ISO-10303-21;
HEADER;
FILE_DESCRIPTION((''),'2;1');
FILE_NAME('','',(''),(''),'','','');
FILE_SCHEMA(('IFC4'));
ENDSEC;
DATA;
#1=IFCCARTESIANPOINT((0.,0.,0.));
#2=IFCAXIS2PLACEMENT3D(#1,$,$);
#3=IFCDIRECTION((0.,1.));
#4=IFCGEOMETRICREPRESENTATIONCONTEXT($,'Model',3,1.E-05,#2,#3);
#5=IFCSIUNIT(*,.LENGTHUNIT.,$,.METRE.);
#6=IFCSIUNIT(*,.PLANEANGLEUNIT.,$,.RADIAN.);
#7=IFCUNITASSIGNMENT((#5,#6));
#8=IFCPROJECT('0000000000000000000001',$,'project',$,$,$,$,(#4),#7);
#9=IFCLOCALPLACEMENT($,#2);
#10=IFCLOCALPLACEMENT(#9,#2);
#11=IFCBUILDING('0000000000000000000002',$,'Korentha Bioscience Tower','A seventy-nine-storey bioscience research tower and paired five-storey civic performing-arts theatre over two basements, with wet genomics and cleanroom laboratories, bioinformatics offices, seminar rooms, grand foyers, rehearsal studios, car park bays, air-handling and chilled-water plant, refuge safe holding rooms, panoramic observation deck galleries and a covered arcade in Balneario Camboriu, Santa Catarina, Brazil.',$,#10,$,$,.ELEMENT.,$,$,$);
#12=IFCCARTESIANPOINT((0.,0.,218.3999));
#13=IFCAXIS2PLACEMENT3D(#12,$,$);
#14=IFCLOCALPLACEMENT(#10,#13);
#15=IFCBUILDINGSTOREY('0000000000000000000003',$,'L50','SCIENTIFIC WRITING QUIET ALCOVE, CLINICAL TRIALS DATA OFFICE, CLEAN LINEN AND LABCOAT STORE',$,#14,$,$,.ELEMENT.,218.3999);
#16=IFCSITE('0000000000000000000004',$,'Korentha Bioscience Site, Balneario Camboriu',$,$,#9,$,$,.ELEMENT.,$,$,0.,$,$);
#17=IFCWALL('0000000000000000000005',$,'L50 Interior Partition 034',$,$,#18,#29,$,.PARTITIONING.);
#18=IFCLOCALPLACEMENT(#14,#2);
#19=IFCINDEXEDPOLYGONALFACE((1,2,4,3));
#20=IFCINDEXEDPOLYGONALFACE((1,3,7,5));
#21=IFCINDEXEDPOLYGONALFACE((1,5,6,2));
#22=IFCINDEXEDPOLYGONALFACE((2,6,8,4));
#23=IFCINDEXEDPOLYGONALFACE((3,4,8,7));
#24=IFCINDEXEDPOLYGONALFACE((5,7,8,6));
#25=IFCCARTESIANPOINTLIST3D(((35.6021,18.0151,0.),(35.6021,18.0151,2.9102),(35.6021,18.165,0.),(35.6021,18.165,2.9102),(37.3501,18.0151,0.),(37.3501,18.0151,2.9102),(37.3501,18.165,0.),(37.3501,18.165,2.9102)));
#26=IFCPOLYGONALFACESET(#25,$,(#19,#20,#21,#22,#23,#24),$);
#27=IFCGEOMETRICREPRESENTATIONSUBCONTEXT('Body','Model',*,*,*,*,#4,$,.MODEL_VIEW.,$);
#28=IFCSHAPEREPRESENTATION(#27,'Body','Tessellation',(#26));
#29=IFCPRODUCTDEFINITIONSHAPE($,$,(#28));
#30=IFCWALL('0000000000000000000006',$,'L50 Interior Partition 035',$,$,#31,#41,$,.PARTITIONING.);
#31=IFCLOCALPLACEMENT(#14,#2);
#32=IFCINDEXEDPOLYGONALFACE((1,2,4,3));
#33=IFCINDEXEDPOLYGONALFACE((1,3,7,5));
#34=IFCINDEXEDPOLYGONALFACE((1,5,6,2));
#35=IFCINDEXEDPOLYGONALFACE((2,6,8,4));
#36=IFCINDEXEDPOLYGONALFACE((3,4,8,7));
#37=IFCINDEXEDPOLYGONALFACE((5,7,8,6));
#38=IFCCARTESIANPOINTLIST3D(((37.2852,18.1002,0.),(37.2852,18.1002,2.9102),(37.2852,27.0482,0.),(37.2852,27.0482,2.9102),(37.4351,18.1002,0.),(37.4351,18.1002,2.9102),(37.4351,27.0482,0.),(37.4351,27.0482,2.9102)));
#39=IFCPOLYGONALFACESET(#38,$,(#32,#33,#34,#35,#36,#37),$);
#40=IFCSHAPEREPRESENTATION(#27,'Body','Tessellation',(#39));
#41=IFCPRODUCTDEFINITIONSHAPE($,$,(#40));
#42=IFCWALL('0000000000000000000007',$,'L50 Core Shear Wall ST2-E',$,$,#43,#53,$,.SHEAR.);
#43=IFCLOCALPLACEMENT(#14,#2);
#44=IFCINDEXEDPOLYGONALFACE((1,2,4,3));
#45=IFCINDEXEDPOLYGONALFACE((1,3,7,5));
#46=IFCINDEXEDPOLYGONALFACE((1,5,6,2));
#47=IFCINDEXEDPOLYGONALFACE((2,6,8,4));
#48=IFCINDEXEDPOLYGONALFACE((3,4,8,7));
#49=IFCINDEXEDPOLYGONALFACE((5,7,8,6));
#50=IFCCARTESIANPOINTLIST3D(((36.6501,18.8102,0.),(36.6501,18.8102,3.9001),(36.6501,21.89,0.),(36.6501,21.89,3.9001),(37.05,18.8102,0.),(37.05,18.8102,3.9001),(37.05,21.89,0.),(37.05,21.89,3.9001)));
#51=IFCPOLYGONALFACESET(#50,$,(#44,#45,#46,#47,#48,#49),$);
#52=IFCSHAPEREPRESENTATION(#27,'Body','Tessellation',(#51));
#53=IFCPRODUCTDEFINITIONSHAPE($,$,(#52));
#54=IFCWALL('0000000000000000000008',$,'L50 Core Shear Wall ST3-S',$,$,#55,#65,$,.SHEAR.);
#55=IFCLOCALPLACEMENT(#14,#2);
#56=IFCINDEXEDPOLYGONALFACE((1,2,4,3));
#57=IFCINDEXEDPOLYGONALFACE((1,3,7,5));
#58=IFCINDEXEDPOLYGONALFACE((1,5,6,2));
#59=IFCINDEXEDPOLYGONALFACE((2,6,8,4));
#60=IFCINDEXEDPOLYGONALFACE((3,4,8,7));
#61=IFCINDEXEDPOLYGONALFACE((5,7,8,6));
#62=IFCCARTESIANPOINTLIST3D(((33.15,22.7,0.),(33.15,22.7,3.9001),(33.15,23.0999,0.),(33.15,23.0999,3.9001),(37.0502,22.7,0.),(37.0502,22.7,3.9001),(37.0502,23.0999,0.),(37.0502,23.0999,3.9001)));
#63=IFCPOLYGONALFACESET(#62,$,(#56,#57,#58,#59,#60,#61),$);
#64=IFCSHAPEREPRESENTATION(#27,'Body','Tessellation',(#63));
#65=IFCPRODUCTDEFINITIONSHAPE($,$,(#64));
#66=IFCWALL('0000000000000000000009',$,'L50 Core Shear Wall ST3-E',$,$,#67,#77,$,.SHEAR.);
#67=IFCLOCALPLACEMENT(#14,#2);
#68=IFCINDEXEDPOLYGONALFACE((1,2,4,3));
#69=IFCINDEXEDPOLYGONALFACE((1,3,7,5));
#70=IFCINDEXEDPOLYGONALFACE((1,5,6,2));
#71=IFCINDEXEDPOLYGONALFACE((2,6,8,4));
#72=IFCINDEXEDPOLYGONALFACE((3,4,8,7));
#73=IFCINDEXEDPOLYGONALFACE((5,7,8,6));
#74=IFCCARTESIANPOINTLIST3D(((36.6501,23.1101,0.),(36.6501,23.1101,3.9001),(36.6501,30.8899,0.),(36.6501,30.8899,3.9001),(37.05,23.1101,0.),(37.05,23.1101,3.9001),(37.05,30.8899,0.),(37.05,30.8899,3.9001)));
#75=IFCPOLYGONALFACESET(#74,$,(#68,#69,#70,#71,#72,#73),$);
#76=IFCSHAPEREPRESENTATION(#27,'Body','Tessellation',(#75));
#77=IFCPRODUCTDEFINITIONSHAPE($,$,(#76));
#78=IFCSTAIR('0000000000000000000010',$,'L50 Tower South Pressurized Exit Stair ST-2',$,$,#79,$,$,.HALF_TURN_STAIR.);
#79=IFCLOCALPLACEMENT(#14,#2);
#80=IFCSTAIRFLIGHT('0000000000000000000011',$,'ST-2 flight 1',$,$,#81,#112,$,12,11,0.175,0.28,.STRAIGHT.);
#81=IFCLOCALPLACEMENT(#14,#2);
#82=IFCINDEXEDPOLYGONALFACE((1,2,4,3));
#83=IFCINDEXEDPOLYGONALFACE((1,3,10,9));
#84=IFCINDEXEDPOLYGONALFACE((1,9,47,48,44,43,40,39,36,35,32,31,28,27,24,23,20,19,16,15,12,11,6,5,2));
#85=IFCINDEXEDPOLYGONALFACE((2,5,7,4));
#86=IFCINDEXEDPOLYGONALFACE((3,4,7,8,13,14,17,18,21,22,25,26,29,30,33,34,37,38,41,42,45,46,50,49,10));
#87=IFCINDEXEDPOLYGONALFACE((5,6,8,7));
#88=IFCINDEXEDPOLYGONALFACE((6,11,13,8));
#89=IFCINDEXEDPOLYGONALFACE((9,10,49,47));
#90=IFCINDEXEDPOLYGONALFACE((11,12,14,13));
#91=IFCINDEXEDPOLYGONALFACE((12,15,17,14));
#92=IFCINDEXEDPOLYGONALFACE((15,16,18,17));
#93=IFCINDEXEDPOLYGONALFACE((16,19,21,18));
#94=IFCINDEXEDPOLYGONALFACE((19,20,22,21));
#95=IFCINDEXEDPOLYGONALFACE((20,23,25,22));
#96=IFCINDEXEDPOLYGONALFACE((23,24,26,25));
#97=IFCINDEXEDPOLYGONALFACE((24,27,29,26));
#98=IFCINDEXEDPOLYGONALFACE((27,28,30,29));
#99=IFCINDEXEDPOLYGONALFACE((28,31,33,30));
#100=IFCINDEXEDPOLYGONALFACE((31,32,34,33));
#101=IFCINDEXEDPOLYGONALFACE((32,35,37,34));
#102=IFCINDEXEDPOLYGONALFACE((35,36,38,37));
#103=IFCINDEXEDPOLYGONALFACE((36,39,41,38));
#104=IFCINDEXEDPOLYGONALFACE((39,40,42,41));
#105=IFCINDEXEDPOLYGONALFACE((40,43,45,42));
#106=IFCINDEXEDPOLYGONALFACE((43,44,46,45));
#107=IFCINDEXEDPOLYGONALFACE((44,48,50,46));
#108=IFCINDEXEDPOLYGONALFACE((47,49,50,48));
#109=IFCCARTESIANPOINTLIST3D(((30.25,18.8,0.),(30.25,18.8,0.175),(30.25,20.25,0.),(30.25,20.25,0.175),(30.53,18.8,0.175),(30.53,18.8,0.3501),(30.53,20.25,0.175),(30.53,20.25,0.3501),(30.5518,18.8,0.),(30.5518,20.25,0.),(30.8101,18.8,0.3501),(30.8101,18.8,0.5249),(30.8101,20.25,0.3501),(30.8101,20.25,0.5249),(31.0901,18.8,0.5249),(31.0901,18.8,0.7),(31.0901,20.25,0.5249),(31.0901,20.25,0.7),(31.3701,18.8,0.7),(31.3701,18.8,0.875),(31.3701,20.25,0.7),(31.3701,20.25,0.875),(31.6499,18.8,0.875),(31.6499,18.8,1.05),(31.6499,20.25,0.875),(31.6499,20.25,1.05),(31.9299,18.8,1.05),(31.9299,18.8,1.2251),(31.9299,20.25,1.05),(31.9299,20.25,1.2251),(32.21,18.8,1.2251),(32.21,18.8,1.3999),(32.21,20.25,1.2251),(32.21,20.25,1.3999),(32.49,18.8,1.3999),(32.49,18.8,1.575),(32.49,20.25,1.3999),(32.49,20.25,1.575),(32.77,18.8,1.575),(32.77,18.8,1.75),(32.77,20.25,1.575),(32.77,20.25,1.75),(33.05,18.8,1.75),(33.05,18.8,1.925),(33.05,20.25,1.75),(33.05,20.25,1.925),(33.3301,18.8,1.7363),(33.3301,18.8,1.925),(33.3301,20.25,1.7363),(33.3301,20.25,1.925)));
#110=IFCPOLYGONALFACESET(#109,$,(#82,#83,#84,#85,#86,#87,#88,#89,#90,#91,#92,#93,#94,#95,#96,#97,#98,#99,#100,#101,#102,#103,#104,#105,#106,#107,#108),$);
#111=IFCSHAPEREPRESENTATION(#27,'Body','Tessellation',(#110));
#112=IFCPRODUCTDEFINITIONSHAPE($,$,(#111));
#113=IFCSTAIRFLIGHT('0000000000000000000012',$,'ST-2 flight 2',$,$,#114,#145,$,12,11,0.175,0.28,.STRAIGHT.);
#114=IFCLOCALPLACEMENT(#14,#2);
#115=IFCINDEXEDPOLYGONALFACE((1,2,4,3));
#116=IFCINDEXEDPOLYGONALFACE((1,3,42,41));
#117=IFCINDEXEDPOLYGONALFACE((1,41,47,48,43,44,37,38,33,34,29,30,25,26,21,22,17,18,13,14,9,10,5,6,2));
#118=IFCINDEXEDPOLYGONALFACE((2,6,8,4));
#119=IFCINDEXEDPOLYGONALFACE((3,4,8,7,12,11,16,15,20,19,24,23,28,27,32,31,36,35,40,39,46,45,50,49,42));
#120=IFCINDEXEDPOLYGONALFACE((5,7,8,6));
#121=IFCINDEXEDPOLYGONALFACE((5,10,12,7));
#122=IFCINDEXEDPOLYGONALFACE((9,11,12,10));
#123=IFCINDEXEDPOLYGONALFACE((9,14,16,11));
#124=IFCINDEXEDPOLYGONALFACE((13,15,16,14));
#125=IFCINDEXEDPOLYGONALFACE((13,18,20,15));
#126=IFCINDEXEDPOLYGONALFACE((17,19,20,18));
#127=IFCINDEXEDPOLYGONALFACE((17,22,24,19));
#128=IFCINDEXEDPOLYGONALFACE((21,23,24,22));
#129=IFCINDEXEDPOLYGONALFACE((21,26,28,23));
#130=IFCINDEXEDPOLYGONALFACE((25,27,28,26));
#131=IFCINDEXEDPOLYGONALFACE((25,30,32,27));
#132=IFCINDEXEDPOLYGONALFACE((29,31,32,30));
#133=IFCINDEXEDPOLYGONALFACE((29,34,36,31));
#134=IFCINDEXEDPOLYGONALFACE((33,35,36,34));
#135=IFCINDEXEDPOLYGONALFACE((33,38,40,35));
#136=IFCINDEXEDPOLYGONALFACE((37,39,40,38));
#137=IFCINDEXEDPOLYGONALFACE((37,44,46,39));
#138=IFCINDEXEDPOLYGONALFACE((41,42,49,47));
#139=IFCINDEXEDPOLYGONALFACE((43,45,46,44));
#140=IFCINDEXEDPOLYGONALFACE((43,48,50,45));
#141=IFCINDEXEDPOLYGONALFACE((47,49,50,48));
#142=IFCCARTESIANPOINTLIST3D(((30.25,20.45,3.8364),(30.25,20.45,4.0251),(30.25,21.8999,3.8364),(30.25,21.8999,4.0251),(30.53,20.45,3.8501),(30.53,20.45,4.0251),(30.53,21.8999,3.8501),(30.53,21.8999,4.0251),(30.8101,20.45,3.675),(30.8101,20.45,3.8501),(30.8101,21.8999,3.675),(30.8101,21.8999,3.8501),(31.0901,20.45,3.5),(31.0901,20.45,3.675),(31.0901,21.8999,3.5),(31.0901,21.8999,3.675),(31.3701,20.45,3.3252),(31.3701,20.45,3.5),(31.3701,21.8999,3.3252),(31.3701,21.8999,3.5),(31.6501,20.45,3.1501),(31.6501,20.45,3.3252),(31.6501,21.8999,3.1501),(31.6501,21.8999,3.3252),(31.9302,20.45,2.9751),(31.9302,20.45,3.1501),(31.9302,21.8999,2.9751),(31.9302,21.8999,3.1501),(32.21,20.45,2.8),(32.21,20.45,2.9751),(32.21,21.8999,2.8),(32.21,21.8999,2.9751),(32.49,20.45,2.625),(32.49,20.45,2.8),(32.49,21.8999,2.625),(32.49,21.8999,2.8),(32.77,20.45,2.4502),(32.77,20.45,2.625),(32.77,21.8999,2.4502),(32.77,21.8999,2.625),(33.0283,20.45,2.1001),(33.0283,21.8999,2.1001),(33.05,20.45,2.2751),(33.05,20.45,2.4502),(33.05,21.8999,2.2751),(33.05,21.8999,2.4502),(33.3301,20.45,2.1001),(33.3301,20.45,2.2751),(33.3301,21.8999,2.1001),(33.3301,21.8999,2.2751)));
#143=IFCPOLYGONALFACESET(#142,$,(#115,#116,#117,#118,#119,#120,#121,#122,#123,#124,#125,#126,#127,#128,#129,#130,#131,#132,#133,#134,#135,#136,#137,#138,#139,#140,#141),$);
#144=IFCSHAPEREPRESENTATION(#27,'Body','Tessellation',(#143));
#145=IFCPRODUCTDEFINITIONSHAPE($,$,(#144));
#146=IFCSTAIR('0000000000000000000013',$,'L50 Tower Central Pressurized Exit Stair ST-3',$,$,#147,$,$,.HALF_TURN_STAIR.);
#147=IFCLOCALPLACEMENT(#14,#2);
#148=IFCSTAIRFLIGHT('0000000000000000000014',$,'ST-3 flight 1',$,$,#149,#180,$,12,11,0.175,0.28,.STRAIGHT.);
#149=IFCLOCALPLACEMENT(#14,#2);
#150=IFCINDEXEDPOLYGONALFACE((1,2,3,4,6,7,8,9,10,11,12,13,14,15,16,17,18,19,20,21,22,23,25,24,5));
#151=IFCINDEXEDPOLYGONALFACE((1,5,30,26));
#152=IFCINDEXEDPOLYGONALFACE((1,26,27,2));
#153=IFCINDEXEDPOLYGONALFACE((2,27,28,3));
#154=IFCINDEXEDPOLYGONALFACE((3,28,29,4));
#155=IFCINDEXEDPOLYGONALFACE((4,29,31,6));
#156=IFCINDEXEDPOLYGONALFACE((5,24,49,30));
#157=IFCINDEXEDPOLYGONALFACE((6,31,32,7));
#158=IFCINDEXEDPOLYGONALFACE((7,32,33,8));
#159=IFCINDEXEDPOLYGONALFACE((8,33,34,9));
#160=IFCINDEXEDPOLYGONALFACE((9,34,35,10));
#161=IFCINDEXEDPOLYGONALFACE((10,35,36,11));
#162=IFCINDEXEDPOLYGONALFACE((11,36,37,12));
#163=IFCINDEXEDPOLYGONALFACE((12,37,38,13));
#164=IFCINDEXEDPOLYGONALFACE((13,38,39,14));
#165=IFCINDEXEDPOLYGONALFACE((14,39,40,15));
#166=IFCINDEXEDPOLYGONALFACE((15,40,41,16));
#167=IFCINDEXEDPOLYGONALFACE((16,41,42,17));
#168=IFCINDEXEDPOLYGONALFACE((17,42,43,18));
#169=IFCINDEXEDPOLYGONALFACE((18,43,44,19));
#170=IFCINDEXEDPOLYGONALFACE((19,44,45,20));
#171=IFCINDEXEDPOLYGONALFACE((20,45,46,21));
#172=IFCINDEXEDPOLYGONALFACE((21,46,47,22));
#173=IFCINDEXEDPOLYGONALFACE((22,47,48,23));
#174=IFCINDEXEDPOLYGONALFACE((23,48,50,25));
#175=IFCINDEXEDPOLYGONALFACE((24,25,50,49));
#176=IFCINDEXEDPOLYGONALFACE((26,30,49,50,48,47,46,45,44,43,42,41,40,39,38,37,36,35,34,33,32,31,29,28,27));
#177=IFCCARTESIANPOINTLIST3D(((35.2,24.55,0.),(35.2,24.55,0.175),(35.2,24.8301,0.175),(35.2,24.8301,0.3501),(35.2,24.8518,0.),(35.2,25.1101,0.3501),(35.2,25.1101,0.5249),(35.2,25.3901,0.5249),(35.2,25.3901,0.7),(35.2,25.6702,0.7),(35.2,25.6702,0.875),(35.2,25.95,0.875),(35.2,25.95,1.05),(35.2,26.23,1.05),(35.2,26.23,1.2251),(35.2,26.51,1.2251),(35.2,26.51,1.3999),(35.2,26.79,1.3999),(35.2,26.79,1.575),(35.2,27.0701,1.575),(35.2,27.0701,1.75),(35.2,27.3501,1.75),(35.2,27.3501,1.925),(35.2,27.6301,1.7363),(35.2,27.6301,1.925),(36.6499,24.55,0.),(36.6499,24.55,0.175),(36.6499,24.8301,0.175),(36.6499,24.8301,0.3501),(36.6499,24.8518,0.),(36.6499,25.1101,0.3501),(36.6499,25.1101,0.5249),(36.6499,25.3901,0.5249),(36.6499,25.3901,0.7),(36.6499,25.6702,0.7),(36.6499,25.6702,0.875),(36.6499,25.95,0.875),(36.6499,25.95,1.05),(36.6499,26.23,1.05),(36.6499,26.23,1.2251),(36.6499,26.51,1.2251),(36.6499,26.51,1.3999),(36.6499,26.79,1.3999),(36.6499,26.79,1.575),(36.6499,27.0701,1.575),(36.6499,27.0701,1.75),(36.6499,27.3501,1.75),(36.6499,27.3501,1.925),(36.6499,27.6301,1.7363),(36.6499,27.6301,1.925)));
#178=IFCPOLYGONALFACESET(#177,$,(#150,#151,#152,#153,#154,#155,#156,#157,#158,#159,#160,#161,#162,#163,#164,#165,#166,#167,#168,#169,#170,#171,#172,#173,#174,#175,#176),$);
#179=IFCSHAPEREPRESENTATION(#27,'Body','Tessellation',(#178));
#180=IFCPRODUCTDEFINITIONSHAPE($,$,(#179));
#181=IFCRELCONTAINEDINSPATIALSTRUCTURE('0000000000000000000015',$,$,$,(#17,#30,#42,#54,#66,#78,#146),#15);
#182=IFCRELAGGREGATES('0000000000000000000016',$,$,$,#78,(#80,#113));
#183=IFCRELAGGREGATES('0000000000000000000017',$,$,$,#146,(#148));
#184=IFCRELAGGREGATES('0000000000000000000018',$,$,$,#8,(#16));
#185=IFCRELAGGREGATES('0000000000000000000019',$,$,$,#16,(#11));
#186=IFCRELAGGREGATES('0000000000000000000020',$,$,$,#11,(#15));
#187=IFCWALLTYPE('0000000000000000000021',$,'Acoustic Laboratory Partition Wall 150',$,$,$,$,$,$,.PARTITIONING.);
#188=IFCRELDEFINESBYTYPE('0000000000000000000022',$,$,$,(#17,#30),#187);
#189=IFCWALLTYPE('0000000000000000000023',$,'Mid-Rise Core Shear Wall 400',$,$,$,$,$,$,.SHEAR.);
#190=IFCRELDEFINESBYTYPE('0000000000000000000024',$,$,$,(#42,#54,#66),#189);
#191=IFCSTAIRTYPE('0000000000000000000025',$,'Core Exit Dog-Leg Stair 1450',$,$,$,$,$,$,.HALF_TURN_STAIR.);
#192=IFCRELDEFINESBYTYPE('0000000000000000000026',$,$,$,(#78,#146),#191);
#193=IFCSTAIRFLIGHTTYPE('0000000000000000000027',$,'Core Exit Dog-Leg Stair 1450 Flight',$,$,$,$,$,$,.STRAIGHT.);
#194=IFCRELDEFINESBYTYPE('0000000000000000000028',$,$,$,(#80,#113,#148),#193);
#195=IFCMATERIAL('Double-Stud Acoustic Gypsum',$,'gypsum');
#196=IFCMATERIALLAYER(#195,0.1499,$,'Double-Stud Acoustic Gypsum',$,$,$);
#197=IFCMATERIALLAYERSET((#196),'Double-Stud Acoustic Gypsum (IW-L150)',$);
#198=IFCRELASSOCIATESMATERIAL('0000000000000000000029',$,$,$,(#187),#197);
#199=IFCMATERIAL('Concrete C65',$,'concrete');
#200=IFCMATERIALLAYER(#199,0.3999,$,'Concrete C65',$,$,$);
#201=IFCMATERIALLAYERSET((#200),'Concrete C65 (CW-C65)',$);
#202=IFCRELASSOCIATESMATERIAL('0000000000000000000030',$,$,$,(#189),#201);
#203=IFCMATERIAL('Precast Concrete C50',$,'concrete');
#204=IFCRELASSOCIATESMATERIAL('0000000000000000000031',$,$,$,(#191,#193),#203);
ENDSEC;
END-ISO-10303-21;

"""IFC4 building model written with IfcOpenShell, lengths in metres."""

from ifc_helpers import new_model, si_unit, direction, frame, frame_2d, origin, place, context, subcontext, project, spatial, polyline, rectangle, outline, extrude, material, layer, layer_set, type_object, element, aggregate, save


model = new_model("IFC4")

# Units and contexts
model_context = context("Model", 3, precision=1e-05, world=origin(), true_north=direction((0.0, 1.0)))
body_context = subcontext(model_context, "Body", "Model", "MODEL_VIEW")
ifc_project = project(units=[si_unit("LENGTHUNIT", "METRE"), si_unit("PLANEANGLEUNIT", "RADIAN")], contexts=[model_context])

# Site, building, storey
site_placement = place(None, origin())
site = spatial("IfcSite", under=ifc_project, at=site_placement, Name="Korentha Bioscience Site, Balneario Camboriu", CompositionType="ELEMENT", RefElevation=0.0)
building_placement = place(site_placement, origin())
building = spatial("IfcBuilding", under=site, at=building_placement, Name="Korentha Bioscience Tower", Description="A seventy-nine-storey bioscience research tower and paired five-storey civic performing-arts theatre over two basements, with wet genomics and cleanroom laboratories, bioinformatics offices, seminar rooms, grand foyers, rehearsal studios, car park bays, air-handling and chilled-water plant, refuge safe holding rooms, panoramic observation deck galleries and a covered arcade in Balneario Camboriu, Santa Catarina, Brazil.", CompositionType="ELEMENT")
storey_placement = place(building_placement, frame((0.0, 0.0, 218.3999)))
storey = spatial("IfcBuildingStorey", under=building, at=storey_placement, Name="L50", Description="SCIENTIFIC WRITING QUIET ALCOVE, CLINICAL TRIALS DATA OFFICE, CLEAN LINEN AND LABCOAT STORE", CompositionType="ELEMENT", Elevation=218.3999)

# Shared definitions
ifc_material_1 = material(Name="Concrete C65", Category="concrete")

# Walls
ifc_material_2 = material(Name="Double-Stud Acoustic Gypsum", Category="gypsum")
ifc_layer_1 = layer(ifc_material_2, 0.1499, Name="Double-Stud Acoustic Gypsum")
ifc_layer_set_1 = layer_set([ifc_layer_1], Name="Double-Stud Acoustic Gypsum (IW-L150)")
wall_type_1 = type_object("IfcWallType", Name="Acoustic Laboratory Partition Wall 150", PredefinedType="PARTITIONING", material=ifc_layer_set_1)
wall_1_placement = place(storey_placement, frame((35.6021, 18.0901, 0.0), z_axis=(0.0, 0.0, 1.0), x_axis=(1.0, 0.0, 0.0)))
element("IfcWall", 1, at=wall_1_placement, inside=storey, type_object=wall_type_1, Name="L50 Interior Partition 034", PredefinedType="PARTITIONING", context=body_context, shape_type="SweptSolid", body=[
    extrude(rectangle(XDim=1.748, YDim=0.1499, at=frame_2d((0.874, 0.0))), origin(), (0.0, 0.0, 1.0), 2.9102),
])
wall_2_placement = place(storey_placement, frame((37.3601, 18.1001, 0.0), z_axis=(0.0, 0.0, 1.0), x_axis=(0.0, 1.0, 0.0)))
element("IfcWall", 2, at=wall_2_placement, inside=storey, type_object=wall_type_1, Name="L50 Interior Partition 035", PredefinedType="PARTITIONING", context=body_context, shape_type="SweptSolid", body=[
    extrude(rectangle(XDim=8.948, YDim=0.1499, at=frame_2d((4.4741, 0.0))), origin(), (0.0, 0.0, 1.0), 2.9102),
])
ifc_layer_2 = layer(ifc_material_1, 0.3999, Name="Concrete C65")
ifc_layer_set_2 = layer_set([ifc_layer_2], Name="Concrete C65 (CW-C65)")
wall_type_2 = type_object("IfcWallType", Name="Mid-Rise Core Shear Wall 400", PredefinedType="SHEAR", material=ifc_layer_set_2)
wall_3_placement = place(storey_placement, frame((36.8501, 18.8101, 0.0), z_axis=(0.0, 0.0, 1.0), x_axis=(0.0, 1.0, 0.0)))
element("IfcWall", 3, at=wall_3_placement, inside=storey, type_object=wall_type_2, Name="L50 Core Shear Wall ST2-E", PredefinedType="SHEAR", context=body_context, shape_type="SweptSolid", body=[
    extrude(rectangle(XDim=3.0798, YDim=0.3999, at=frame_2d((1.54, 0.0))), origin(), (0.0, 0.0, 1.0), 3.9001),
])
wall_4_placement = place(storey_placement, frame((33.1499, 22.8999, 0.0), z_axis=(0.0, 0.0, 1.0), x_axis=(1.0, 0.0, 0.0)))
element("IfcWall", 4, at=wall_4_placement, inside=storey, type_object=wall_type_2, Name="L50 Core Shear Wall ST3-S", PredefinedType="SHEAR", context=body_context, shape_type="SweptSolid", body=[
    extrude(rectangle(XDim=3.9001, YDim=0.3999, at=frame_2d((1.9502, 0.0))), origin(), (0.0, 0.0, 1.0), 3.9001),
])
wall_5_placement = place(storey_placement, frame((36.8501, 23.1101, 0.0), z_axis=(0.0, 0.0, 1.0), x_axis=(0.0, 1.0, 0.0)))
element("IfcWall", 5, at=wall_5_placement, inside=storey, type_object=wall_type_2, Name="L50 Core Shear Wall ST3-E", PredefinedType="SHEAR", context=body_context, shape_type="SweptSolid", body=[
    extrude(rectangle(XDim=7.7798, YDim=0.3999, at=frame_2d((3.8899, 0.0))), origin(), (0.0, 0.0, 1.0), 3.9001),
])

# Stair, stair flights
ifc_material_3 = material(Name="Precast Concrete C50", Category="concrete")
stair_type = type_object("IfcStairType", Name="Core Exit Dog-Leg Stair 1450", PredefinedType="HALF_TURN_STAIR", material=ifc_material_3)
stair_1_placement = place(storey_placement, origin())
stair_1 = element("IfcStair", 6, at=stair_1_placement, inside=storey, type_object=stair_type, Name="L50 Tower South Pressurized Exit Stair ST-2", PredefinedType="HALF_TURN_STAIR")
stair_flight_type = type_object("IfcStairFlightType", Name="Core Exit Dog-Leg Stair 1450 Flight", PredefinedType="STRAIGHT", material=ifc_material_3)
stair_flight_1_placement = place(storey_placement, frame((30.25, 19.5249, 0.0), z_axis=(0.0, 0.0, 1.0), x_axis=(1.0, 0.0, 0.0)))
stair_flight_1 = element("IfcStairFlight", 7, at=stair_flight_1_placement, type_object=stair_flight_type, Name="ST-2 flight 1", NumberOfRisers=12, NumberOfTreads=11, PredefinedType="STRAIGHT", RiserHeight=0.175, TreadLength=0.28, context=body_context, shape_type="SweptSolid", body=[
    extrude(outline(polyline([(0.0, 0.0), (0.0, 0.175), (0.28, 0.175), (0.28, 0.3501), (0.5601, 0.3501), (0.5601, 0.5249), (0.8401, 0.5249), (0.8401, 0.7), (1.1201, 0.7), (1.1201, 0.875), (1.3999, 0.875), (1.3999, 1.05), (1.6799, 1.05), (1.6799, 1.2251), (1.96, 1.2251), (1.96, 1.3999), (2.24, 1.3999), (2.24, 1.575), (2.52, 1.575), (2.52, 1.75), (2.8, 1.75), (2.8, 1.925), (3.0801, 1.925), (3.0801, 2.1001), (3.0801, 1.7363), (0.3018, 0.0), (0.0, 0.0)])), frame((0.0, 0.7251, 0.0), z_axis=(0.0, -1.0, 0.0), x_axis=(1.0, 0.0, 0.0)), (0.0, 0.0, 1.0), 1.45),
])
stair_flight_2_placement = place(storey_placement, frame((33.3301, 21.175, 2.1001), z_axis=(0.0, 0.0, 1.0), x_axis=(-1.0, 0.0, 0.0)))
stair_flight_2 = element("IfcStairFlight", 8, at=stair_flight_2_placement, type_object=stair_flight_type, Name="ST-2 flight 2", NumberOfRisers=12, NumberOfTreads=11, PredefinedType="STRAIGHT", RiserHeight=0.175, TreadLength=0.28, context=body_context, shape_type="SweptSolid", body=[
    extrude(outline(polyline([(0.0, 0.0), (0.0, 0.175), (0.28, 0.175), (0.28, 0.3501), (0.5601, 0.3501), (0.5601, 0.5249), (0.8401, 0.5249), (0.8401, 0.7), (1.1201, 0.7), (1.1201, 0.875), (1.3999, 0.875), (1.3999, 1.05), (1.6799, 1.05), (1.6799, 1.2251), (1.96, 1.2251), (1.96, 1.3999), (2.24, 1.3999), (2.24, 1.575), (2.52, 1.575), (2.52, 1.75), (2.8, 1.75), (2.8, 1.925), (3.0801, 1.925), (3.0801, 2.1001), (3.0801, 1.7363), (0.3018, 0.0), (0.0, 0.0)])), frame((0.0, 0.7251, 0.0), z_axis=(0.0, -1.0, 0.0), x_axis=(1.0, 0.0, 0.0)), (0.0, 0.0, 1.0), 1.45),
])
aggregate(stair_1, [stair_flight_1, stair_flight_2])

# Stair, stair flight
stair_2_placement = place(storey_placement, origin())
stair_2 = element("IfcStair", 9, at=stair_2_placement, inside=storey, type_object=stair_type, Name="L50 Tower Central Pressurized Exit Stair ST-3", PredefinedType="HALF_TURN_STAIR")
stair_flight_3_placement = place(storey_placement, frame((35.925, 24.55, 0.0), z_axis=(0.0, 0.0, 1.0), x_axis=(0.0, 1.0, 0.0)))
stair_flight_3 = element("IfcStairFlight", 10, at=stair_flight_3_placement, type_object=stair_flight_type, Name="ST-3 flight 1", NumberOfRisers=12, NumberOfTreads=11, PredefinedType="STRAIGHT", RiserHeight=0.175, TreadLength=0.28, context=body_context, shape_type="SweptSolid", body=[
    extrude(outline(polyline([(0.0, 0.0), (0.0, 0.175), (0.28, 0.175), (0.28, 0.3501), (0.5601, 0.3501), (0.5601, 0.5249), (0.8401, 0.5249), (0.8401, 0.7), (1.1201, 0.7), (1.1201, 0.875), (1.3999, 0.875), (1.3999, 1.05), (1.6799, 1.05), (1.6799, 1.2251), (1.96, 1.2251), (1.96, 1.3999), (2.24, 1.3999), (2.24, 1.575), (2.52, 1.575), (2.52, 1.75), (2.8, 1.75), (2.8, 1.925), (3.0801, 1.925), (3.0801, 2.1001), (3.0801, 1.7363), (0.3018, 0.0), (0.0, 0.0)])), frame((0.0, 0.7251, 0.0), z_axis=(0.0, -1.0, 0.0), x_axis=(1.0, 0.0, 0.0)), (0.0, 0.0, 1.0), 1.45),
])
aggregate(stair_2, [stair_flight_3])

save(model, "model.ifc")
